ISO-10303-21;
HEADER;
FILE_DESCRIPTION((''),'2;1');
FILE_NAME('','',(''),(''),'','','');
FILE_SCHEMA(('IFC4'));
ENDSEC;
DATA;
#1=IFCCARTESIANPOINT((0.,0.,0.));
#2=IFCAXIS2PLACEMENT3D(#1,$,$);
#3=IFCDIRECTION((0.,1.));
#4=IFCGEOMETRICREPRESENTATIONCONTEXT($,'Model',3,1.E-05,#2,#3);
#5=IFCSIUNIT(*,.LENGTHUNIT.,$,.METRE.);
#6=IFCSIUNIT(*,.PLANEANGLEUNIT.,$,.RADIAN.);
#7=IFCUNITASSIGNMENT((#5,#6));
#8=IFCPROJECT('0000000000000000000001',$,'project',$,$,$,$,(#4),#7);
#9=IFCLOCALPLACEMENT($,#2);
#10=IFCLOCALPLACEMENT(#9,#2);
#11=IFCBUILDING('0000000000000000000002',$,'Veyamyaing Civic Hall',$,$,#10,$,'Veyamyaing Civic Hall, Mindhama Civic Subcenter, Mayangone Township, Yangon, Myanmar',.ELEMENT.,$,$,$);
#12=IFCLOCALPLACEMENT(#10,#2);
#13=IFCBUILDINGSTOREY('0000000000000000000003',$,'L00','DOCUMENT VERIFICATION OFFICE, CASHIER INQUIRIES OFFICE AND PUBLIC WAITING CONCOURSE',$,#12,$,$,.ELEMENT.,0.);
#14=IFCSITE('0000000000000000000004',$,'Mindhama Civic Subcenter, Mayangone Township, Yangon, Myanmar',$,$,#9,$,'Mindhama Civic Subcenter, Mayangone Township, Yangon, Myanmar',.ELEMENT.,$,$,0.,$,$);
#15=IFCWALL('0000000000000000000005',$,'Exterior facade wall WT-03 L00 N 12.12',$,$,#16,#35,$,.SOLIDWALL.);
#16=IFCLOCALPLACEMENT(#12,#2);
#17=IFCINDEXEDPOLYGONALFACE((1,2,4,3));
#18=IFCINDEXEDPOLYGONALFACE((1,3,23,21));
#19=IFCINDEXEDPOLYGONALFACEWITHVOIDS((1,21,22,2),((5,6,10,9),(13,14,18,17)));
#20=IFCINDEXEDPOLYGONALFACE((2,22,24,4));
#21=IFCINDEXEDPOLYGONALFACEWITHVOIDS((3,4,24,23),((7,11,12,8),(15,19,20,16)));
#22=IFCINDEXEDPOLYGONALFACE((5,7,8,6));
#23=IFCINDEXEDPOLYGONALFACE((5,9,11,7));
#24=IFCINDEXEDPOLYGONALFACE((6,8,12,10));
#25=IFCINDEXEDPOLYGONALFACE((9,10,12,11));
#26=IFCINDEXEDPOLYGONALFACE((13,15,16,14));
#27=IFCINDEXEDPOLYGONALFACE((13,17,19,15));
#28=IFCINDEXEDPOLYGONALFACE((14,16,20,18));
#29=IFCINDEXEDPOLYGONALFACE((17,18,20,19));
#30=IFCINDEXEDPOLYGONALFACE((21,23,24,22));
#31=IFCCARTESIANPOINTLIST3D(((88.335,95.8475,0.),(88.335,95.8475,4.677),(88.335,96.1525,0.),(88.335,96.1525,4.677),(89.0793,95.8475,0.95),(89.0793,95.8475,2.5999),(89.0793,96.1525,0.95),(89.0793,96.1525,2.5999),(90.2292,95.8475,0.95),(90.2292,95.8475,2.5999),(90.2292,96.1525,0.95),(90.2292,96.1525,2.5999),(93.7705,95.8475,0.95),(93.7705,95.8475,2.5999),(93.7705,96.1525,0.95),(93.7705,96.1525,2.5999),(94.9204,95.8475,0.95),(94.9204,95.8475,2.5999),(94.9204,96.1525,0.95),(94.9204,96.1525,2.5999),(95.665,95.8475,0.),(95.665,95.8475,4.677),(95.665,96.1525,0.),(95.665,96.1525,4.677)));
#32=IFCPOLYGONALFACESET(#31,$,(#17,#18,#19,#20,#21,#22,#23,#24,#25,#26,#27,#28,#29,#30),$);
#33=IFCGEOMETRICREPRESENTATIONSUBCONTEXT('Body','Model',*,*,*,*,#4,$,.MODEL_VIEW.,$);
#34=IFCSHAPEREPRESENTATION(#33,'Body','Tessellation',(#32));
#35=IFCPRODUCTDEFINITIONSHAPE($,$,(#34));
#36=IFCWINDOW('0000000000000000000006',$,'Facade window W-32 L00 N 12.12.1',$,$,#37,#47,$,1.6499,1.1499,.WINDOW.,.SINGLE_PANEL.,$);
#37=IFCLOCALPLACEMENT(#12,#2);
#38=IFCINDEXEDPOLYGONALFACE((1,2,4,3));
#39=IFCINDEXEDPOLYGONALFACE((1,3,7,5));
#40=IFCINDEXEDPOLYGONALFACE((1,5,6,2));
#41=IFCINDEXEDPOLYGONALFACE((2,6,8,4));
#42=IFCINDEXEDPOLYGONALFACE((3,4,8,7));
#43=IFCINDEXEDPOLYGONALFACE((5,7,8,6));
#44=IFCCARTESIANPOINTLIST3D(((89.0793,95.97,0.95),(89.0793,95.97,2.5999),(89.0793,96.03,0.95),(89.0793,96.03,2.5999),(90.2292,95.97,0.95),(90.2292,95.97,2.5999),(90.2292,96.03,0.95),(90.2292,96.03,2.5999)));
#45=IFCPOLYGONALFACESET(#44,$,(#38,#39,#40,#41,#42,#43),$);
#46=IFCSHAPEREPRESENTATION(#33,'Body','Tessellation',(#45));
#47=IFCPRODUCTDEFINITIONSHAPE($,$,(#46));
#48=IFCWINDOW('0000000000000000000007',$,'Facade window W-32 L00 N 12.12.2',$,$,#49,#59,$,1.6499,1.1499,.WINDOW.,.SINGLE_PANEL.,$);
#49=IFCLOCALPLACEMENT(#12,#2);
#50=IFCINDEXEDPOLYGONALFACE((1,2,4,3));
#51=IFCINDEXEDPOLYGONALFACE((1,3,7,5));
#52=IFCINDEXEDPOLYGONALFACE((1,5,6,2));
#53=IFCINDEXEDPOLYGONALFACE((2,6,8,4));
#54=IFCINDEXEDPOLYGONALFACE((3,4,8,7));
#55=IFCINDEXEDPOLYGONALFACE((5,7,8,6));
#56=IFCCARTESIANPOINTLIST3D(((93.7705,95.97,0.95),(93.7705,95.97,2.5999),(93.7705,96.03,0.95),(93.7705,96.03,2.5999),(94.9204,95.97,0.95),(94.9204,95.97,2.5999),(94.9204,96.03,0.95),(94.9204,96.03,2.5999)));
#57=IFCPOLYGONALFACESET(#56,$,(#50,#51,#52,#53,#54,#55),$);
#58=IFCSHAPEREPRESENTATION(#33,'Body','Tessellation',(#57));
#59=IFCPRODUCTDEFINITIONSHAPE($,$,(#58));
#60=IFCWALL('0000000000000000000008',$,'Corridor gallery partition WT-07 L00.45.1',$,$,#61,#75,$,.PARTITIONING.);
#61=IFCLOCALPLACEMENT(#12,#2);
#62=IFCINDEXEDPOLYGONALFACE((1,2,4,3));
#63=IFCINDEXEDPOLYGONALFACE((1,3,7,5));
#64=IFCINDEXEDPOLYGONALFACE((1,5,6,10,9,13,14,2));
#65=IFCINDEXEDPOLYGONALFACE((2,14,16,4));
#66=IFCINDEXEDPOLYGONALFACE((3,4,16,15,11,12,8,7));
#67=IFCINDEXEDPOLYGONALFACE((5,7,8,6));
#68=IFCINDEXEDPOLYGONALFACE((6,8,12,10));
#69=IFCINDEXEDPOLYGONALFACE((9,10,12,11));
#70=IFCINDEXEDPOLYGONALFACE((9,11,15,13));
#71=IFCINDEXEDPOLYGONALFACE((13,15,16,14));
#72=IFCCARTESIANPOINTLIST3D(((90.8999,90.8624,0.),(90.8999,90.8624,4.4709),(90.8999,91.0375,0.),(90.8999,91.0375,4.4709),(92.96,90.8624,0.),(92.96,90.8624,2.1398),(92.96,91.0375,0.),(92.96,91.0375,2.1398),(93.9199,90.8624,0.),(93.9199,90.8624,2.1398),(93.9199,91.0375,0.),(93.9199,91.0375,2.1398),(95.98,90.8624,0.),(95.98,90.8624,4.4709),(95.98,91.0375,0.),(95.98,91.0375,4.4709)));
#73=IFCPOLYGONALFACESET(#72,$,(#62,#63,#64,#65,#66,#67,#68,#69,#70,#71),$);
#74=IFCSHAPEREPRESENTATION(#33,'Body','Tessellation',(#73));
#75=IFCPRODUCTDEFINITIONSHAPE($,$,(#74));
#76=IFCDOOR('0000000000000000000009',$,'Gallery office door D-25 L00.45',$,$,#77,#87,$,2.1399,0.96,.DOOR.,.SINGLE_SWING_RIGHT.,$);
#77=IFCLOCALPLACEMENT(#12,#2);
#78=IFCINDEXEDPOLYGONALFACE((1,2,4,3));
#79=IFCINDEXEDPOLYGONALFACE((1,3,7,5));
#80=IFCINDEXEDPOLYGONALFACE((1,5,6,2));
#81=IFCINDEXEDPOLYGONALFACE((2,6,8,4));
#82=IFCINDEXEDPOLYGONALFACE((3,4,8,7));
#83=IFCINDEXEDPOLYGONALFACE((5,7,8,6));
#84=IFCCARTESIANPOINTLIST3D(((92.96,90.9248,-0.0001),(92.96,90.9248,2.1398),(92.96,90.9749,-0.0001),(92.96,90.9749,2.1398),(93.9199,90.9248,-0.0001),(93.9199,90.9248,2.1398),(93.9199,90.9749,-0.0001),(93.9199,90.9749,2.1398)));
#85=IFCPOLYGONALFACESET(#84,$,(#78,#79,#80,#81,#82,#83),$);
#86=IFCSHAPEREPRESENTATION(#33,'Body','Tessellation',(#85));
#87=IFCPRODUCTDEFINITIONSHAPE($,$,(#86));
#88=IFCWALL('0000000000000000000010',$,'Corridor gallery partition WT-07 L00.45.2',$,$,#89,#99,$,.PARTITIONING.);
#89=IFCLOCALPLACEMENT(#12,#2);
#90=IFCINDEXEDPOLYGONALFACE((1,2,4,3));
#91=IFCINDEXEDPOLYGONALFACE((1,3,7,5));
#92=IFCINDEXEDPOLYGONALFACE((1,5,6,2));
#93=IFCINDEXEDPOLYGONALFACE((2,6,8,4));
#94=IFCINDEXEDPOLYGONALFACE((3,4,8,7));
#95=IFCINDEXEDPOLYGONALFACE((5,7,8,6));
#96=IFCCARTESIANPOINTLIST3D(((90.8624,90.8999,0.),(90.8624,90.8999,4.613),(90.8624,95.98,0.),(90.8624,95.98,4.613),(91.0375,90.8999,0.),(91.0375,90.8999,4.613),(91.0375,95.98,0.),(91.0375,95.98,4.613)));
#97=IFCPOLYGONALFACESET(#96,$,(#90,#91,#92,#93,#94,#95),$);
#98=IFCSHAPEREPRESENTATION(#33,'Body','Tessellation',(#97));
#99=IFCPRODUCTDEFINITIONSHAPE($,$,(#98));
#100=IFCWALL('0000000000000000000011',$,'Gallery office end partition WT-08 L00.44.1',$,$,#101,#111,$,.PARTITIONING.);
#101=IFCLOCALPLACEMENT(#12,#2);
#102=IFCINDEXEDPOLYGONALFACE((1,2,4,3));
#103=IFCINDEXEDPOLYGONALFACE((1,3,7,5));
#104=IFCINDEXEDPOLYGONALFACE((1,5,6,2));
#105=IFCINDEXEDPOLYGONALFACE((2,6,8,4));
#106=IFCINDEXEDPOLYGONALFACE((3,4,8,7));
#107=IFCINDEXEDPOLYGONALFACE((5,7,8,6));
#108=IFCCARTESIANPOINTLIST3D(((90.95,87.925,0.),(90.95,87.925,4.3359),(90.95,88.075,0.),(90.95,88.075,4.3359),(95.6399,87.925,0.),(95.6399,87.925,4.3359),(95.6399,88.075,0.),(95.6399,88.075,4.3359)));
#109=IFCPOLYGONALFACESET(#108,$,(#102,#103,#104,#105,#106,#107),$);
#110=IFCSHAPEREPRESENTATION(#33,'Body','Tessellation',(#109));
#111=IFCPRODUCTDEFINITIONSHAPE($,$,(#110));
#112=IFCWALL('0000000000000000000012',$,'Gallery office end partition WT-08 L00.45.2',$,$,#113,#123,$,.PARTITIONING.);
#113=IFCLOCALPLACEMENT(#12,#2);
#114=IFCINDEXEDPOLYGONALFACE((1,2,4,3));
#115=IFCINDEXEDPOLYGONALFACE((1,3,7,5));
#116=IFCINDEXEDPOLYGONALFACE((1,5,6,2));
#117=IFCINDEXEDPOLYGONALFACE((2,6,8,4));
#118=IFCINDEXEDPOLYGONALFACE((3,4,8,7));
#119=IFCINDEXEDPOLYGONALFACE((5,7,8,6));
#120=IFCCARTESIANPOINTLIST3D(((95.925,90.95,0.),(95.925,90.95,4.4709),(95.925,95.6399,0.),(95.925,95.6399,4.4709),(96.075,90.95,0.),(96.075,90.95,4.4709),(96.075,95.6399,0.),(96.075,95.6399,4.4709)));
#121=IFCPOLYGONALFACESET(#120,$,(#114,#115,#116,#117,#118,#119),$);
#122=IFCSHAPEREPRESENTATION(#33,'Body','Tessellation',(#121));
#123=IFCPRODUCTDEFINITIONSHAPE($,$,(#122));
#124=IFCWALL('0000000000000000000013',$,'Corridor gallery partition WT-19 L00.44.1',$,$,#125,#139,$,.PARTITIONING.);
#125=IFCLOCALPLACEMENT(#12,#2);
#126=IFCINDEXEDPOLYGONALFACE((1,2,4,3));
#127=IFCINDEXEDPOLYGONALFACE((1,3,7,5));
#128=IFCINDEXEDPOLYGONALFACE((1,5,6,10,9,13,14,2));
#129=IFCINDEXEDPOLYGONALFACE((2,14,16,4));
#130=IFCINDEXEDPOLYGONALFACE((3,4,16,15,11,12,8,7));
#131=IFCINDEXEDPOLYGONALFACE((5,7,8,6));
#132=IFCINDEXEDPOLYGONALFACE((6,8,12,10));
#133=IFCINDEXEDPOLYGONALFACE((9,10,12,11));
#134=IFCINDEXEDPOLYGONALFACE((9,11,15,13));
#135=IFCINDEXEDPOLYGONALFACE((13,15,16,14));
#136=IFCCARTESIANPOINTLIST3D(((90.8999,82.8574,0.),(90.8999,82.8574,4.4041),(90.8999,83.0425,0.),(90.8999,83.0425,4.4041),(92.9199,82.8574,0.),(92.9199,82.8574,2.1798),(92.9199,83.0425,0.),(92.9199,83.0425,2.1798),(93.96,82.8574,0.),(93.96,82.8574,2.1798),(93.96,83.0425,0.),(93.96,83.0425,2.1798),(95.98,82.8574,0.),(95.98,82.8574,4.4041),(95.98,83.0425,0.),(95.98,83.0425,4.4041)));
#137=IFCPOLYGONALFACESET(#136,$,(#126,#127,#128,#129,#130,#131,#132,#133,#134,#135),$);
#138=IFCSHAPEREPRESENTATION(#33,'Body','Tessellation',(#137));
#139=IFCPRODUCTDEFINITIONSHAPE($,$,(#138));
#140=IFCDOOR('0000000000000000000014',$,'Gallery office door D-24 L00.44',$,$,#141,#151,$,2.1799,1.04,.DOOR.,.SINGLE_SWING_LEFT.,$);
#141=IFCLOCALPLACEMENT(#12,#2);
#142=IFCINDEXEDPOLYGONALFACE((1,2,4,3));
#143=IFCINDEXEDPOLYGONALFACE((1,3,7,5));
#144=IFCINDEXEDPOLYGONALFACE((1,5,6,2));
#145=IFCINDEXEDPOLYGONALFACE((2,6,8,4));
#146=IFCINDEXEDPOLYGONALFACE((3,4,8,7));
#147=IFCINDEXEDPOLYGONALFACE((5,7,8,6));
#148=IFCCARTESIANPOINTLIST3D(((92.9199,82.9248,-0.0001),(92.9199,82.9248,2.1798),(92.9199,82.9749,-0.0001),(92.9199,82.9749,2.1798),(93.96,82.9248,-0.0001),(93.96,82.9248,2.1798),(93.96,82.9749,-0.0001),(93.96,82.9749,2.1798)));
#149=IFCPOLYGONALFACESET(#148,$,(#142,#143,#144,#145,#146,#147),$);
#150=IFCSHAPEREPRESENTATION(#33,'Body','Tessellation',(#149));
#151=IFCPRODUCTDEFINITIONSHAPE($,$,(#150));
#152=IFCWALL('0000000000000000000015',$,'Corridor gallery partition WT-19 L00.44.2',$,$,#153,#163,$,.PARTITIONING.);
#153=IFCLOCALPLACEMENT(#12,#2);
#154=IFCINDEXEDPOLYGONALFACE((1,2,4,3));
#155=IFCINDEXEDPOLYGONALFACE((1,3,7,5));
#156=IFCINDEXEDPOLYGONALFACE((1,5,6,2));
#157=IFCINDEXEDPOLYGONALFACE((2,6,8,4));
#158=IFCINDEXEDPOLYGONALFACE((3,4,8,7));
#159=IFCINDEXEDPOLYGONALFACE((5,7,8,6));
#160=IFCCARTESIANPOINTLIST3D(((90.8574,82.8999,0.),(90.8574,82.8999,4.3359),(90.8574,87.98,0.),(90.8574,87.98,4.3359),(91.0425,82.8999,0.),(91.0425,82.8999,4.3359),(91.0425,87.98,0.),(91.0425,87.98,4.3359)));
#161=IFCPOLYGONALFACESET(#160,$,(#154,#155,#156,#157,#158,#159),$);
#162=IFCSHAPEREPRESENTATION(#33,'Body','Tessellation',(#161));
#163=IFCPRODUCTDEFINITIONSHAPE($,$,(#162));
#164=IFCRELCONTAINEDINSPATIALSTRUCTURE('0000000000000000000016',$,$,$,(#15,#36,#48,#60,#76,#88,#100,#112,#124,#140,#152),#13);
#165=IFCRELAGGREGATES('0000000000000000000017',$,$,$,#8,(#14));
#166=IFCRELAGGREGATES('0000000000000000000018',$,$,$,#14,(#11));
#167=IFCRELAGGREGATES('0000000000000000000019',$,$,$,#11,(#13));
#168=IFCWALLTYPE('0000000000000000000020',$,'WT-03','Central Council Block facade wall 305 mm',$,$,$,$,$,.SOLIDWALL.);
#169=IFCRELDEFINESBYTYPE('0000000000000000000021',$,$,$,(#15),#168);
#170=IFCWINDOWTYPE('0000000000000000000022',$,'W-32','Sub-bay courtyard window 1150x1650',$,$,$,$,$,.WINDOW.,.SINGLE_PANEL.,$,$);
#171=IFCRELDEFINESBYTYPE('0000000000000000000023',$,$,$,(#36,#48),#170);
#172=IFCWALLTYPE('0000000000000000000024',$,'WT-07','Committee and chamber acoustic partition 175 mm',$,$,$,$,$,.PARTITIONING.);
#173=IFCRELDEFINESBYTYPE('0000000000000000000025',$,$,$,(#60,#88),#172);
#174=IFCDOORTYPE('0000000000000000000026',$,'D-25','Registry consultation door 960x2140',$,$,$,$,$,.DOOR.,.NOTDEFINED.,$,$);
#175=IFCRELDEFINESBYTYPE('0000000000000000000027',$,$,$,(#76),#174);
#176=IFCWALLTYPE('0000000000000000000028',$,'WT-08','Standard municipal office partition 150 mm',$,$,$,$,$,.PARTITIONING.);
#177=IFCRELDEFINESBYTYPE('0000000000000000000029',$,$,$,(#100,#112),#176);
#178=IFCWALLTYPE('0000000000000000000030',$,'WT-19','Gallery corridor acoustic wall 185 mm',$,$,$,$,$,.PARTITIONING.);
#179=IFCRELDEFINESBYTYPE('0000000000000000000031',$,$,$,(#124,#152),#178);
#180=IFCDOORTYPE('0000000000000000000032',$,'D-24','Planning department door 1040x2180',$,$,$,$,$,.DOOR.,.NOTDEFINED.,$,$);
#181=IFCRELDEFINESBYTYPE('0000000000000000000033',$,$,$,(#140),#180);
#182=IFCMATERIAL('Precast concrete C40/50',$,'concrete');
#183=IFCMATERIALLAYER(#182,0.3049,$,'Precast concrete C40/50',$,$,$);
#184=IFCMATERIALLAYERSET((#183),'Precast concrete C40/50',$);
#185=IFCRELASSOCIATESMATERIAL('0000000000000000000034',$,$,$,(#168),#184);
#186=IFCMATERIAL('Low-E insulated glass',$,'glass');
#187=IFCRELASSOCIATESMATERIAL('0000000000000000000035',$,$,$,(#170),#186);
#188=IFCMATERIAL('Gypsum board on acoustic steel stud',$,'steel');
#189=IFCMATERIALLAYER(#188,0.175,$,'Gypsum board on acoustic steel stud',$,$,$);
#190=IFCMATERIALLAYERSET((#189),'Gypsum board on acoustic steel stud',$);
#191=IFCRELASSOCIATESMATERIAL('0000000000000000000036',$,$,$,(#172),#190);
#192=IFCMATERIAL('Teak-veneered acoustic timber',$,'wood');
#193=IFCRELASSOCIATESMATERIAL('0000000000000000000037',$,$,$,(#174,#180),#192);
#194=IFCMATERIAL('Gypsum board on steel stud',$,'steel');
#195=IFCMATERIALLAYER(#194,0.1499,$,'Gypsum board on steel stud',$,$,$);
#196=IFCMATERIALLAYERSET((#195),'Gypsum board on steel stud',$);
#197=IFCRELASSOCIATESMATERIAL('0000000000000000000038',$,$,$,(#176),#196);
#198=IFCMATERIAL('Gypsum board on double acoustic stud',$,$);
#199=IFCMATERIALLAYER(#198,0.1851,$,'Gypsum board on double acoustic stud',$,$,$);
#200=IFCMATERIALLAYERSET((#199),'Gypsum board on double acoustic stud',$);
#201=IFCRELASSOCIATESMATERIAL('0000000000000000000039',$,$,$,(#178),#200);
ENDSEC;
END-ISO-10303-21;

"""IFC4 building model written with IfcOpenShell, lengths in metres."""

from ifc_helpers import new_model, si_unit, direction, frame, frame_2d, origin, place, context, subcontext, project, spatial, rectangle, extrude, material, layer, layer_set, type_object, element, fill, save


model = new_model("IFC4")

# Units and contexts
model_context = context("Model", 3, precision=1e-05, world=origin(), true_north=direction((0.0, 1.0)))
body_context = subcontext(model_context, "Body", "Model", "MODEL_VIEW")
ifc_project = project(units=[si_unit("LENGTHUNIT", "METRE"), si_unit("PLANEANGLEUNIT", "RADIAN")], contexts=[model_context])

# Site, building, storey
site_placement = place(None, origin())
site = spatial("IfcSite", under=ifc_project, at=site_placement, Name="Mindhama Civic Subcenter, Mayangone Township, Yangon, Myanmar", LongName="Mindhama Civic Subcenter, Mayangone Township, Yangon, Myanmar", CompositionType="ELEMENT", RefElevation=0.0)
building_placement = place(site_placement, origin())
building = spatial("IfcBuilding", under=site, at=building_placement, Name="Veyamyaing Civic Hall", LongName="Veyamyaing Civic Hall, Mindhama Civic Subcenter, Mayangone Township, Yangon, Myanmar", CompositionType="ELEMENT")
storey_placement = place(building_placement, origin())
storey = spatial("IfcBuildingStorey", under=building, at=storey_placement, Name="L00", Description="DOCUMENT VERIFICATION OFFICE, CASHIER INQUIRIES OFFICE AND PUBLIC WAITING CONCOURSE", CompositionType="ELEMENT", Elevation=0.0)

# Wall, openings, windows
ifc_material_1 = material(Name="Precast concrete C40/50", Category="concrete")
ifc_layer_1 = layer(ifc_material_1, 0.3049, Name="Precast concrete C40/50")
ifc_layer_set_1 = layer_set([ifc_layer_1], Name="Precast concrete C40/50")
wall_type_1 = type_object("IfcWallType", Name="WT-03", Description="Central Council Block facade wall 305 mm", PredefinedType="SOLIDWALL", material=ifc_layer_set_1)
wall_1_placement = place(storey_placement, frame((88.335, 96.0, 0.0), z_axis=(0.0, 0.0, 1.0), x_axis=(1.0, 0.0, 0.0)))
wall_1 = element("IfcWall", 1, at=wall_1_placement, inside=storey, type_object=wall_type_1, Name="Exterior facade wall WT-03 L00 N 12.12", PredefinedType="SOLIDWALL", context=body_context, shape_type="SweptSolid", body=[
    extrude(rectangle(XDim=7.3301, YDim=0.3049, at=frame_2d((3.665, 0.0))), origin(), (0.0, 0.0, 1.0), 4.677),
])
opening_1_placement = place(wall_1_placement, frame((0.7444, 0.0, 0.95)))
opening_1 = element("IfcOpeningElement", 2, at=opening_1_placement, cuts=wall_1, PredefinedType="OPENING", context=body_context, shape_type="SweptSolid", body=[
    extrude(rectangle(XDim=1.1499, YDim=1.6499, at=frame_2d((0.575, 0.825))), frame((0.0, 0.1624, 0.0), z_axis=(0.0, -1.0, 0.0), x_axis=(1.0, 0.0, 0.0)), (0.0, 0.0, 1.0), 0.325),
])
opening_2_placement = place(wall_1_placement, frame((5.4355, 0.0, 0.95)))
opening_2 = element("IfcOpeningElement", 3, at=opening_2_placement, cuts=wall_1, PredefinedType="OPENING", context=body_context, shape_type="SweptSolid", body=[
    extrude(rectangle(XDim=1.1499, YDim=1.6499, at=frame_2d((0.575, 0.825))), frame((0.0, 0.1624, 0.0), z_axis=(0.0, -1.0, 0.0), x_axis=(1.0, 0.0, 0.0)), (0.0, 0.0, 1.0), 0.325),
])
ifc_material_2 = material(Name="Low-E insulated glass", Category="glass")
window_type = type_object("IfcWindowType", Name="W-32", Description="Sub-bay courtyard window 1150x1650", PartitioningType="SINGLE_PANEL", PredefinedType="WINDOW", material=ifc_material_2)
window_1_placement = place(opening_1_placement, origin())
window_1 = element("IfcWindow", 4, at=window_1_placement, inside=storey, type_object=window_type, Name="Facade window W-32 L00 N 12.12.1", OverallHeight=1.6499, OverallWidth=1.1499, PartitioningType="SINGLE_PANEL", PredefinedType="WINDOW", context=body_context, shape_type="SweptSolid", body=[
    extrude(rectangle(XDim=1.1499, YDim=1.6499, at=frame_2d((0.575, 0.825))), frame((0.0, 0.03, 0.0), z_axis=(0.0, -1.0, 0.0), x_axis=(1.0, 0.0, 0.0)), (0.0, 0.0, 1.0), 0.0601),
])
fill(opening_1, window_1)
window_2_placement = place(opening_2_placement, origin())
window_2 = element("IfcWindow", 5, at=window_2_placement, inside=storey, type_object=window_type, Name="Facade window W-32 L00 N 12.12.2", OverallHeight=1.6499, OverallWidth=1.1499, PartitioningType="SINGLE_PANEL", PredefinedType="WINDOW", context=body_context, shape_type="SweptSolid", body=[
    extrude(rectangle(XDim=1.1499, YDim=1.6499, at=frame_2d((0.575, 0.825))), frame((0.0, 0.03, 0.0), z_axis=(0.0, -1.0, 0.0), x_axis=(1.0, 0.0, 0.0)), (0.0, 0.0, 1.0), 0.0601),
])
fill(opening_2, window_2)

# Wall, opening, door
ifc_material_3 = material(Name="Gypsum board on acoustic steel stud", Category="steel")
ifc_layer_2 = layer(ifc_material_3, 0.175, Name="Gypsum board on acoustic steel stud")
ifc_layer_set_2 = layer_set([ifc_layer_2], Name="Gypsum board on acoustic steel stud")
wall_type_2 = type_object("IfcWallType", Name="WT-07", Description="Committee and chamber acoustic partition 175 mm", PredefinedType="PARTITIONING", material=ifc_layer_set_2)
wall_2_placement = place(storey_placement, frame((90.8999, 90.95, 0.0), z_axis=(0.0, 0.0, 1.0), x_axis=(1.0, 0.0, 0.0)))
wall_2 = element("IfcWall", 6, at=wall_2_placement, inside=storey, type_object=wall_type_2, Name="Corridor gallery partition WT-07 L00.45.1", PredefinedType="PARTITIONING", context=body_context, shape_type="SweptSolid", body=[
    extrude(rectangle(XDim=5.0801, YDim=0.175, at=frame_2d((2.54, 0.0))), origin(), (0.0, 0.0, 1.0), 4.4709),
])
opening_3_placement = place(wall_2_placement, frame((2.0601, 0.0, 0.0)))
opening_3 = element("IfcOpeningElement", 7, at=opening_3_placement, cuts=wall_2, PredefinedType="OPENING", context=body_context, shape_type="SweptSolid", body=[
    extrude(rectangle(XDim=0.96, YDim=2.1399, at=frame_2d((0.48, 1.0698))), frame((0.0, 0.0974, 0.0), z_axis=(0.0, -1.0, 0.0), x_axis=(1.0, 0.0, 0.0)), (0.0, 0.0, 1.0), 0.1951),
])
ifc_material_4 = material(Name="Teak-veneered acoustic timber", Category="wood")
door_type_1 = type_object("IfcDoorType", Name="D-25", Description="Registry consultation door 960x2140", OperationType="NOTDEFINED", PredefinedType="DOOR", material=ifc_material_4)
door_1_placement = place(opening_3_placement, origin())
door_1 = element("IfcDoor", 8, at=door_1_placement, inside=storey, type_object=door_type_1, Name="Gallery office door D-25 L00.45", OperationType="SINGLE_SWING_RIGHT", OverallHeight=2.1399, OverallWidth=0.96, PredefinedType="DOOR", context=body_context, shape_type="SweptSolid", body=[
    extrude(rectangle(XDim=0.96, YDim=2.1399, at=frame_2d((0.48, 1.0698))), frame((0.0, 0.0249, 0.0), z_axis=(0.0, -1.0, 0.0), x_axis=(1.0, 0.0, 0.0)), (0.0, 0.0, 1.0), 0.05),
])
fill(opening_3, door_1)

# Walls
wall_3_placement = place(storey_placement, frame((90.95, 90.8999, 0.0), z_axis=(0.0, 0.0, 1.0), x_axis=(0.0, 1.0, 0.0)))
element("IfcWall", 9, at=wall_3_placement, inside=storey, type_object=wall_type_2, Name="Corridor gallery partition WT-07 L00.45.2", PredefinedType="PARTITIONING", context=body_context, shape_type="SweptSolid", body=[
    extrude(rectangle(XDim=5.0801, YDim=0.175, at=frame_2d((2.54, 0.0))), origin(), (0.0, 0.0, 1.0), 4.613),
])
ifc_material_5 = material(Name="Gypsum board on steel stud", Category="steel")
ifc_layer_3 = layer(ifc_material_5, 0.1499, Name="Gypsum board on steel stud")
ifc_layer_set_3 = layer_set([ifc_layer_3], Name="Gypsum board on steel stud")
wall_type_3 = type_object("IfcWallType", Name="WT-08", Description="Standard municipal office partition 150 mm", PredefinedType="PARTITIONING", material=ifc_layer_set_3)
wall_4_placement = place(storey_placement, frame((90.95, 88.0, 0.0), z_axis=(0.0, 0.0, 1.0), x_axis=(1.0, 0.0, 0.0)))
element("IfcWall", 10, at=wall_4_placement, inside=storey, type_object=wall_type_3, Name="Gallery office end partition WT-08 L00.44.1", PredefinedType="PARTITIONING", context=body_context, shape_type="SweptSolid", body=[
    extrude(rectangle(XDim=4.6899, YDim=0.1499, at=frame_2d((2.345, 0.0))), origin(), (0.0, 0.0, 1.0), 4.3359),
])
wall_5_placement = place(storey_placement, frame((96.0, 90.95, 0.0), z_axis=(0.0, 0.0, 1.0), x_axis=(0.0, 1.0, 0.0)))
element("IfcWall", 11, at=wall_5_placement, inside=storey, type_object=wall_type_3, Name="Gallery office end partition WT-08 L00.45.2", PredefinedType="PARTITIONING", context=body_context, shape_type="SweptSolid", body=[
    extrude(rectangle(XDim=4.6899, YDim=0.1499, at=frame_2d((2.345, 0.0))), origin(), (0.0, 0.0, 1.0), 4.4709),
])

# Wall, opening, door
ifc_material_6 = material(Name="Gypsum board on double acoustic stud")
ifc_layer_4 = layer(ifc_material_6, 0.1851, Name="Gypsum board on double acoustic stud")
ifc_layer_set_4 = layer_set([ifc_layer_4], Name="Gypsum board on double acoustic stud")
wall_type_4 = type_object("IfcWallType", Name="WT-19", Description="Gallery corridor acoustic wall 185 mm", PredefinedType="PARTITIONING", material=ifc_layer_set_4)
wall_6_placement = place(storey_placement, frame((90.8999, 82.95, 0.0), z_axis=(0.0, 0.0, 1.0), x_axis=(1.0, 0.0, 0.0)))
wall_6 = element("IfcWall", 12, at=wall_6_placement, inside=storey, type_object=wall_type_4, Name="Corridor gallery partition WT-19 L00.44.1", PredefinedType="PARTITIONING", context=body_context, shape_type="SweptSolid", body=[
    extrude(rectangle(XDim=5.0801, YDim=0.1851, at=frame_2d((2.54, 0.0))), origin(), (0.0, 0.0, 1.0), 4.4041),
])
opening_4_placement = place(wall_6_placement, frame((2.02, 0.0, 0.0)))
opening_4 = element("IfcOpeningElement", 13, at=opening_4_placement, cuts=wall_6, PredefinedType="OPENING", context=body_context, shape_type="SweptSolid", body=[
    extrude(rectangle(XDim=1.04, YDim=2.1799, at=frame_2d((0.52, 1.0898))), frame((0.0, 0.1025, 0.0), z_axis=(0.0, -1.0, 0.0), x_axis=(1.0, 0.0, 0.0)), (0.0, 0.0, 1.0), 0.2051),
])
door_type_2 = type_object("IfcDoorType", Name="D-24", Description="Planning department door 1040x2180", OperationType="NOTDEFINED", PredefinedType="DOOR", material=ifc_material_4)
door_2_placement = place(opening_4_placement, origin())
door_2 = element("IfcDoor", 14, at=door_2_placement, inside=storey, type_object=door_type_2, Name="Gallery office door D-24 L00.44", OperationType="SINGLE_SWING_LEFT", OverallHeight=2.1799, OverallWidth=1.04, PredefinedType="DOOR", context=body_context, shape_type="SweptSolid", body=[
    extrude(rectangle(XDim=1.04, YDim=2.1799, at=frame_2d((0.52, 1.0898))), frame((0.0, 0.0249, 0.0), z_axis=(0.0, -1.0, 0.0), x_axis=(1.0, 0.0, 0.0)), (0.0, 0.0, 1.0), 0.05),
])
fill(opening_4, door_2)

# Wall
wall_7_placement = place(storey_placement, frame((90.95, 82.8999, 0.0), z_axis=(0.0, 0.0, 1.0), x_axis=(0.0, 1.0, 0.0)))
element("IfcWall", 15, at=wall_7_placement, inside=storey, type_object=wall_type_4, Name="Corridor gallery partition WT-19 L00.44.2", PredefinedType="PARTITIONING", context=body_context, shape_type="SweptSolid", body=[
    extrude(rectangle(XDim=5.0801, YDim=0.1851, at=frame_2d((2.54, 0.0))), origin(), (0.0, 0.0, 1.0), 4.3359),
])

save(model, "model.ifc")
